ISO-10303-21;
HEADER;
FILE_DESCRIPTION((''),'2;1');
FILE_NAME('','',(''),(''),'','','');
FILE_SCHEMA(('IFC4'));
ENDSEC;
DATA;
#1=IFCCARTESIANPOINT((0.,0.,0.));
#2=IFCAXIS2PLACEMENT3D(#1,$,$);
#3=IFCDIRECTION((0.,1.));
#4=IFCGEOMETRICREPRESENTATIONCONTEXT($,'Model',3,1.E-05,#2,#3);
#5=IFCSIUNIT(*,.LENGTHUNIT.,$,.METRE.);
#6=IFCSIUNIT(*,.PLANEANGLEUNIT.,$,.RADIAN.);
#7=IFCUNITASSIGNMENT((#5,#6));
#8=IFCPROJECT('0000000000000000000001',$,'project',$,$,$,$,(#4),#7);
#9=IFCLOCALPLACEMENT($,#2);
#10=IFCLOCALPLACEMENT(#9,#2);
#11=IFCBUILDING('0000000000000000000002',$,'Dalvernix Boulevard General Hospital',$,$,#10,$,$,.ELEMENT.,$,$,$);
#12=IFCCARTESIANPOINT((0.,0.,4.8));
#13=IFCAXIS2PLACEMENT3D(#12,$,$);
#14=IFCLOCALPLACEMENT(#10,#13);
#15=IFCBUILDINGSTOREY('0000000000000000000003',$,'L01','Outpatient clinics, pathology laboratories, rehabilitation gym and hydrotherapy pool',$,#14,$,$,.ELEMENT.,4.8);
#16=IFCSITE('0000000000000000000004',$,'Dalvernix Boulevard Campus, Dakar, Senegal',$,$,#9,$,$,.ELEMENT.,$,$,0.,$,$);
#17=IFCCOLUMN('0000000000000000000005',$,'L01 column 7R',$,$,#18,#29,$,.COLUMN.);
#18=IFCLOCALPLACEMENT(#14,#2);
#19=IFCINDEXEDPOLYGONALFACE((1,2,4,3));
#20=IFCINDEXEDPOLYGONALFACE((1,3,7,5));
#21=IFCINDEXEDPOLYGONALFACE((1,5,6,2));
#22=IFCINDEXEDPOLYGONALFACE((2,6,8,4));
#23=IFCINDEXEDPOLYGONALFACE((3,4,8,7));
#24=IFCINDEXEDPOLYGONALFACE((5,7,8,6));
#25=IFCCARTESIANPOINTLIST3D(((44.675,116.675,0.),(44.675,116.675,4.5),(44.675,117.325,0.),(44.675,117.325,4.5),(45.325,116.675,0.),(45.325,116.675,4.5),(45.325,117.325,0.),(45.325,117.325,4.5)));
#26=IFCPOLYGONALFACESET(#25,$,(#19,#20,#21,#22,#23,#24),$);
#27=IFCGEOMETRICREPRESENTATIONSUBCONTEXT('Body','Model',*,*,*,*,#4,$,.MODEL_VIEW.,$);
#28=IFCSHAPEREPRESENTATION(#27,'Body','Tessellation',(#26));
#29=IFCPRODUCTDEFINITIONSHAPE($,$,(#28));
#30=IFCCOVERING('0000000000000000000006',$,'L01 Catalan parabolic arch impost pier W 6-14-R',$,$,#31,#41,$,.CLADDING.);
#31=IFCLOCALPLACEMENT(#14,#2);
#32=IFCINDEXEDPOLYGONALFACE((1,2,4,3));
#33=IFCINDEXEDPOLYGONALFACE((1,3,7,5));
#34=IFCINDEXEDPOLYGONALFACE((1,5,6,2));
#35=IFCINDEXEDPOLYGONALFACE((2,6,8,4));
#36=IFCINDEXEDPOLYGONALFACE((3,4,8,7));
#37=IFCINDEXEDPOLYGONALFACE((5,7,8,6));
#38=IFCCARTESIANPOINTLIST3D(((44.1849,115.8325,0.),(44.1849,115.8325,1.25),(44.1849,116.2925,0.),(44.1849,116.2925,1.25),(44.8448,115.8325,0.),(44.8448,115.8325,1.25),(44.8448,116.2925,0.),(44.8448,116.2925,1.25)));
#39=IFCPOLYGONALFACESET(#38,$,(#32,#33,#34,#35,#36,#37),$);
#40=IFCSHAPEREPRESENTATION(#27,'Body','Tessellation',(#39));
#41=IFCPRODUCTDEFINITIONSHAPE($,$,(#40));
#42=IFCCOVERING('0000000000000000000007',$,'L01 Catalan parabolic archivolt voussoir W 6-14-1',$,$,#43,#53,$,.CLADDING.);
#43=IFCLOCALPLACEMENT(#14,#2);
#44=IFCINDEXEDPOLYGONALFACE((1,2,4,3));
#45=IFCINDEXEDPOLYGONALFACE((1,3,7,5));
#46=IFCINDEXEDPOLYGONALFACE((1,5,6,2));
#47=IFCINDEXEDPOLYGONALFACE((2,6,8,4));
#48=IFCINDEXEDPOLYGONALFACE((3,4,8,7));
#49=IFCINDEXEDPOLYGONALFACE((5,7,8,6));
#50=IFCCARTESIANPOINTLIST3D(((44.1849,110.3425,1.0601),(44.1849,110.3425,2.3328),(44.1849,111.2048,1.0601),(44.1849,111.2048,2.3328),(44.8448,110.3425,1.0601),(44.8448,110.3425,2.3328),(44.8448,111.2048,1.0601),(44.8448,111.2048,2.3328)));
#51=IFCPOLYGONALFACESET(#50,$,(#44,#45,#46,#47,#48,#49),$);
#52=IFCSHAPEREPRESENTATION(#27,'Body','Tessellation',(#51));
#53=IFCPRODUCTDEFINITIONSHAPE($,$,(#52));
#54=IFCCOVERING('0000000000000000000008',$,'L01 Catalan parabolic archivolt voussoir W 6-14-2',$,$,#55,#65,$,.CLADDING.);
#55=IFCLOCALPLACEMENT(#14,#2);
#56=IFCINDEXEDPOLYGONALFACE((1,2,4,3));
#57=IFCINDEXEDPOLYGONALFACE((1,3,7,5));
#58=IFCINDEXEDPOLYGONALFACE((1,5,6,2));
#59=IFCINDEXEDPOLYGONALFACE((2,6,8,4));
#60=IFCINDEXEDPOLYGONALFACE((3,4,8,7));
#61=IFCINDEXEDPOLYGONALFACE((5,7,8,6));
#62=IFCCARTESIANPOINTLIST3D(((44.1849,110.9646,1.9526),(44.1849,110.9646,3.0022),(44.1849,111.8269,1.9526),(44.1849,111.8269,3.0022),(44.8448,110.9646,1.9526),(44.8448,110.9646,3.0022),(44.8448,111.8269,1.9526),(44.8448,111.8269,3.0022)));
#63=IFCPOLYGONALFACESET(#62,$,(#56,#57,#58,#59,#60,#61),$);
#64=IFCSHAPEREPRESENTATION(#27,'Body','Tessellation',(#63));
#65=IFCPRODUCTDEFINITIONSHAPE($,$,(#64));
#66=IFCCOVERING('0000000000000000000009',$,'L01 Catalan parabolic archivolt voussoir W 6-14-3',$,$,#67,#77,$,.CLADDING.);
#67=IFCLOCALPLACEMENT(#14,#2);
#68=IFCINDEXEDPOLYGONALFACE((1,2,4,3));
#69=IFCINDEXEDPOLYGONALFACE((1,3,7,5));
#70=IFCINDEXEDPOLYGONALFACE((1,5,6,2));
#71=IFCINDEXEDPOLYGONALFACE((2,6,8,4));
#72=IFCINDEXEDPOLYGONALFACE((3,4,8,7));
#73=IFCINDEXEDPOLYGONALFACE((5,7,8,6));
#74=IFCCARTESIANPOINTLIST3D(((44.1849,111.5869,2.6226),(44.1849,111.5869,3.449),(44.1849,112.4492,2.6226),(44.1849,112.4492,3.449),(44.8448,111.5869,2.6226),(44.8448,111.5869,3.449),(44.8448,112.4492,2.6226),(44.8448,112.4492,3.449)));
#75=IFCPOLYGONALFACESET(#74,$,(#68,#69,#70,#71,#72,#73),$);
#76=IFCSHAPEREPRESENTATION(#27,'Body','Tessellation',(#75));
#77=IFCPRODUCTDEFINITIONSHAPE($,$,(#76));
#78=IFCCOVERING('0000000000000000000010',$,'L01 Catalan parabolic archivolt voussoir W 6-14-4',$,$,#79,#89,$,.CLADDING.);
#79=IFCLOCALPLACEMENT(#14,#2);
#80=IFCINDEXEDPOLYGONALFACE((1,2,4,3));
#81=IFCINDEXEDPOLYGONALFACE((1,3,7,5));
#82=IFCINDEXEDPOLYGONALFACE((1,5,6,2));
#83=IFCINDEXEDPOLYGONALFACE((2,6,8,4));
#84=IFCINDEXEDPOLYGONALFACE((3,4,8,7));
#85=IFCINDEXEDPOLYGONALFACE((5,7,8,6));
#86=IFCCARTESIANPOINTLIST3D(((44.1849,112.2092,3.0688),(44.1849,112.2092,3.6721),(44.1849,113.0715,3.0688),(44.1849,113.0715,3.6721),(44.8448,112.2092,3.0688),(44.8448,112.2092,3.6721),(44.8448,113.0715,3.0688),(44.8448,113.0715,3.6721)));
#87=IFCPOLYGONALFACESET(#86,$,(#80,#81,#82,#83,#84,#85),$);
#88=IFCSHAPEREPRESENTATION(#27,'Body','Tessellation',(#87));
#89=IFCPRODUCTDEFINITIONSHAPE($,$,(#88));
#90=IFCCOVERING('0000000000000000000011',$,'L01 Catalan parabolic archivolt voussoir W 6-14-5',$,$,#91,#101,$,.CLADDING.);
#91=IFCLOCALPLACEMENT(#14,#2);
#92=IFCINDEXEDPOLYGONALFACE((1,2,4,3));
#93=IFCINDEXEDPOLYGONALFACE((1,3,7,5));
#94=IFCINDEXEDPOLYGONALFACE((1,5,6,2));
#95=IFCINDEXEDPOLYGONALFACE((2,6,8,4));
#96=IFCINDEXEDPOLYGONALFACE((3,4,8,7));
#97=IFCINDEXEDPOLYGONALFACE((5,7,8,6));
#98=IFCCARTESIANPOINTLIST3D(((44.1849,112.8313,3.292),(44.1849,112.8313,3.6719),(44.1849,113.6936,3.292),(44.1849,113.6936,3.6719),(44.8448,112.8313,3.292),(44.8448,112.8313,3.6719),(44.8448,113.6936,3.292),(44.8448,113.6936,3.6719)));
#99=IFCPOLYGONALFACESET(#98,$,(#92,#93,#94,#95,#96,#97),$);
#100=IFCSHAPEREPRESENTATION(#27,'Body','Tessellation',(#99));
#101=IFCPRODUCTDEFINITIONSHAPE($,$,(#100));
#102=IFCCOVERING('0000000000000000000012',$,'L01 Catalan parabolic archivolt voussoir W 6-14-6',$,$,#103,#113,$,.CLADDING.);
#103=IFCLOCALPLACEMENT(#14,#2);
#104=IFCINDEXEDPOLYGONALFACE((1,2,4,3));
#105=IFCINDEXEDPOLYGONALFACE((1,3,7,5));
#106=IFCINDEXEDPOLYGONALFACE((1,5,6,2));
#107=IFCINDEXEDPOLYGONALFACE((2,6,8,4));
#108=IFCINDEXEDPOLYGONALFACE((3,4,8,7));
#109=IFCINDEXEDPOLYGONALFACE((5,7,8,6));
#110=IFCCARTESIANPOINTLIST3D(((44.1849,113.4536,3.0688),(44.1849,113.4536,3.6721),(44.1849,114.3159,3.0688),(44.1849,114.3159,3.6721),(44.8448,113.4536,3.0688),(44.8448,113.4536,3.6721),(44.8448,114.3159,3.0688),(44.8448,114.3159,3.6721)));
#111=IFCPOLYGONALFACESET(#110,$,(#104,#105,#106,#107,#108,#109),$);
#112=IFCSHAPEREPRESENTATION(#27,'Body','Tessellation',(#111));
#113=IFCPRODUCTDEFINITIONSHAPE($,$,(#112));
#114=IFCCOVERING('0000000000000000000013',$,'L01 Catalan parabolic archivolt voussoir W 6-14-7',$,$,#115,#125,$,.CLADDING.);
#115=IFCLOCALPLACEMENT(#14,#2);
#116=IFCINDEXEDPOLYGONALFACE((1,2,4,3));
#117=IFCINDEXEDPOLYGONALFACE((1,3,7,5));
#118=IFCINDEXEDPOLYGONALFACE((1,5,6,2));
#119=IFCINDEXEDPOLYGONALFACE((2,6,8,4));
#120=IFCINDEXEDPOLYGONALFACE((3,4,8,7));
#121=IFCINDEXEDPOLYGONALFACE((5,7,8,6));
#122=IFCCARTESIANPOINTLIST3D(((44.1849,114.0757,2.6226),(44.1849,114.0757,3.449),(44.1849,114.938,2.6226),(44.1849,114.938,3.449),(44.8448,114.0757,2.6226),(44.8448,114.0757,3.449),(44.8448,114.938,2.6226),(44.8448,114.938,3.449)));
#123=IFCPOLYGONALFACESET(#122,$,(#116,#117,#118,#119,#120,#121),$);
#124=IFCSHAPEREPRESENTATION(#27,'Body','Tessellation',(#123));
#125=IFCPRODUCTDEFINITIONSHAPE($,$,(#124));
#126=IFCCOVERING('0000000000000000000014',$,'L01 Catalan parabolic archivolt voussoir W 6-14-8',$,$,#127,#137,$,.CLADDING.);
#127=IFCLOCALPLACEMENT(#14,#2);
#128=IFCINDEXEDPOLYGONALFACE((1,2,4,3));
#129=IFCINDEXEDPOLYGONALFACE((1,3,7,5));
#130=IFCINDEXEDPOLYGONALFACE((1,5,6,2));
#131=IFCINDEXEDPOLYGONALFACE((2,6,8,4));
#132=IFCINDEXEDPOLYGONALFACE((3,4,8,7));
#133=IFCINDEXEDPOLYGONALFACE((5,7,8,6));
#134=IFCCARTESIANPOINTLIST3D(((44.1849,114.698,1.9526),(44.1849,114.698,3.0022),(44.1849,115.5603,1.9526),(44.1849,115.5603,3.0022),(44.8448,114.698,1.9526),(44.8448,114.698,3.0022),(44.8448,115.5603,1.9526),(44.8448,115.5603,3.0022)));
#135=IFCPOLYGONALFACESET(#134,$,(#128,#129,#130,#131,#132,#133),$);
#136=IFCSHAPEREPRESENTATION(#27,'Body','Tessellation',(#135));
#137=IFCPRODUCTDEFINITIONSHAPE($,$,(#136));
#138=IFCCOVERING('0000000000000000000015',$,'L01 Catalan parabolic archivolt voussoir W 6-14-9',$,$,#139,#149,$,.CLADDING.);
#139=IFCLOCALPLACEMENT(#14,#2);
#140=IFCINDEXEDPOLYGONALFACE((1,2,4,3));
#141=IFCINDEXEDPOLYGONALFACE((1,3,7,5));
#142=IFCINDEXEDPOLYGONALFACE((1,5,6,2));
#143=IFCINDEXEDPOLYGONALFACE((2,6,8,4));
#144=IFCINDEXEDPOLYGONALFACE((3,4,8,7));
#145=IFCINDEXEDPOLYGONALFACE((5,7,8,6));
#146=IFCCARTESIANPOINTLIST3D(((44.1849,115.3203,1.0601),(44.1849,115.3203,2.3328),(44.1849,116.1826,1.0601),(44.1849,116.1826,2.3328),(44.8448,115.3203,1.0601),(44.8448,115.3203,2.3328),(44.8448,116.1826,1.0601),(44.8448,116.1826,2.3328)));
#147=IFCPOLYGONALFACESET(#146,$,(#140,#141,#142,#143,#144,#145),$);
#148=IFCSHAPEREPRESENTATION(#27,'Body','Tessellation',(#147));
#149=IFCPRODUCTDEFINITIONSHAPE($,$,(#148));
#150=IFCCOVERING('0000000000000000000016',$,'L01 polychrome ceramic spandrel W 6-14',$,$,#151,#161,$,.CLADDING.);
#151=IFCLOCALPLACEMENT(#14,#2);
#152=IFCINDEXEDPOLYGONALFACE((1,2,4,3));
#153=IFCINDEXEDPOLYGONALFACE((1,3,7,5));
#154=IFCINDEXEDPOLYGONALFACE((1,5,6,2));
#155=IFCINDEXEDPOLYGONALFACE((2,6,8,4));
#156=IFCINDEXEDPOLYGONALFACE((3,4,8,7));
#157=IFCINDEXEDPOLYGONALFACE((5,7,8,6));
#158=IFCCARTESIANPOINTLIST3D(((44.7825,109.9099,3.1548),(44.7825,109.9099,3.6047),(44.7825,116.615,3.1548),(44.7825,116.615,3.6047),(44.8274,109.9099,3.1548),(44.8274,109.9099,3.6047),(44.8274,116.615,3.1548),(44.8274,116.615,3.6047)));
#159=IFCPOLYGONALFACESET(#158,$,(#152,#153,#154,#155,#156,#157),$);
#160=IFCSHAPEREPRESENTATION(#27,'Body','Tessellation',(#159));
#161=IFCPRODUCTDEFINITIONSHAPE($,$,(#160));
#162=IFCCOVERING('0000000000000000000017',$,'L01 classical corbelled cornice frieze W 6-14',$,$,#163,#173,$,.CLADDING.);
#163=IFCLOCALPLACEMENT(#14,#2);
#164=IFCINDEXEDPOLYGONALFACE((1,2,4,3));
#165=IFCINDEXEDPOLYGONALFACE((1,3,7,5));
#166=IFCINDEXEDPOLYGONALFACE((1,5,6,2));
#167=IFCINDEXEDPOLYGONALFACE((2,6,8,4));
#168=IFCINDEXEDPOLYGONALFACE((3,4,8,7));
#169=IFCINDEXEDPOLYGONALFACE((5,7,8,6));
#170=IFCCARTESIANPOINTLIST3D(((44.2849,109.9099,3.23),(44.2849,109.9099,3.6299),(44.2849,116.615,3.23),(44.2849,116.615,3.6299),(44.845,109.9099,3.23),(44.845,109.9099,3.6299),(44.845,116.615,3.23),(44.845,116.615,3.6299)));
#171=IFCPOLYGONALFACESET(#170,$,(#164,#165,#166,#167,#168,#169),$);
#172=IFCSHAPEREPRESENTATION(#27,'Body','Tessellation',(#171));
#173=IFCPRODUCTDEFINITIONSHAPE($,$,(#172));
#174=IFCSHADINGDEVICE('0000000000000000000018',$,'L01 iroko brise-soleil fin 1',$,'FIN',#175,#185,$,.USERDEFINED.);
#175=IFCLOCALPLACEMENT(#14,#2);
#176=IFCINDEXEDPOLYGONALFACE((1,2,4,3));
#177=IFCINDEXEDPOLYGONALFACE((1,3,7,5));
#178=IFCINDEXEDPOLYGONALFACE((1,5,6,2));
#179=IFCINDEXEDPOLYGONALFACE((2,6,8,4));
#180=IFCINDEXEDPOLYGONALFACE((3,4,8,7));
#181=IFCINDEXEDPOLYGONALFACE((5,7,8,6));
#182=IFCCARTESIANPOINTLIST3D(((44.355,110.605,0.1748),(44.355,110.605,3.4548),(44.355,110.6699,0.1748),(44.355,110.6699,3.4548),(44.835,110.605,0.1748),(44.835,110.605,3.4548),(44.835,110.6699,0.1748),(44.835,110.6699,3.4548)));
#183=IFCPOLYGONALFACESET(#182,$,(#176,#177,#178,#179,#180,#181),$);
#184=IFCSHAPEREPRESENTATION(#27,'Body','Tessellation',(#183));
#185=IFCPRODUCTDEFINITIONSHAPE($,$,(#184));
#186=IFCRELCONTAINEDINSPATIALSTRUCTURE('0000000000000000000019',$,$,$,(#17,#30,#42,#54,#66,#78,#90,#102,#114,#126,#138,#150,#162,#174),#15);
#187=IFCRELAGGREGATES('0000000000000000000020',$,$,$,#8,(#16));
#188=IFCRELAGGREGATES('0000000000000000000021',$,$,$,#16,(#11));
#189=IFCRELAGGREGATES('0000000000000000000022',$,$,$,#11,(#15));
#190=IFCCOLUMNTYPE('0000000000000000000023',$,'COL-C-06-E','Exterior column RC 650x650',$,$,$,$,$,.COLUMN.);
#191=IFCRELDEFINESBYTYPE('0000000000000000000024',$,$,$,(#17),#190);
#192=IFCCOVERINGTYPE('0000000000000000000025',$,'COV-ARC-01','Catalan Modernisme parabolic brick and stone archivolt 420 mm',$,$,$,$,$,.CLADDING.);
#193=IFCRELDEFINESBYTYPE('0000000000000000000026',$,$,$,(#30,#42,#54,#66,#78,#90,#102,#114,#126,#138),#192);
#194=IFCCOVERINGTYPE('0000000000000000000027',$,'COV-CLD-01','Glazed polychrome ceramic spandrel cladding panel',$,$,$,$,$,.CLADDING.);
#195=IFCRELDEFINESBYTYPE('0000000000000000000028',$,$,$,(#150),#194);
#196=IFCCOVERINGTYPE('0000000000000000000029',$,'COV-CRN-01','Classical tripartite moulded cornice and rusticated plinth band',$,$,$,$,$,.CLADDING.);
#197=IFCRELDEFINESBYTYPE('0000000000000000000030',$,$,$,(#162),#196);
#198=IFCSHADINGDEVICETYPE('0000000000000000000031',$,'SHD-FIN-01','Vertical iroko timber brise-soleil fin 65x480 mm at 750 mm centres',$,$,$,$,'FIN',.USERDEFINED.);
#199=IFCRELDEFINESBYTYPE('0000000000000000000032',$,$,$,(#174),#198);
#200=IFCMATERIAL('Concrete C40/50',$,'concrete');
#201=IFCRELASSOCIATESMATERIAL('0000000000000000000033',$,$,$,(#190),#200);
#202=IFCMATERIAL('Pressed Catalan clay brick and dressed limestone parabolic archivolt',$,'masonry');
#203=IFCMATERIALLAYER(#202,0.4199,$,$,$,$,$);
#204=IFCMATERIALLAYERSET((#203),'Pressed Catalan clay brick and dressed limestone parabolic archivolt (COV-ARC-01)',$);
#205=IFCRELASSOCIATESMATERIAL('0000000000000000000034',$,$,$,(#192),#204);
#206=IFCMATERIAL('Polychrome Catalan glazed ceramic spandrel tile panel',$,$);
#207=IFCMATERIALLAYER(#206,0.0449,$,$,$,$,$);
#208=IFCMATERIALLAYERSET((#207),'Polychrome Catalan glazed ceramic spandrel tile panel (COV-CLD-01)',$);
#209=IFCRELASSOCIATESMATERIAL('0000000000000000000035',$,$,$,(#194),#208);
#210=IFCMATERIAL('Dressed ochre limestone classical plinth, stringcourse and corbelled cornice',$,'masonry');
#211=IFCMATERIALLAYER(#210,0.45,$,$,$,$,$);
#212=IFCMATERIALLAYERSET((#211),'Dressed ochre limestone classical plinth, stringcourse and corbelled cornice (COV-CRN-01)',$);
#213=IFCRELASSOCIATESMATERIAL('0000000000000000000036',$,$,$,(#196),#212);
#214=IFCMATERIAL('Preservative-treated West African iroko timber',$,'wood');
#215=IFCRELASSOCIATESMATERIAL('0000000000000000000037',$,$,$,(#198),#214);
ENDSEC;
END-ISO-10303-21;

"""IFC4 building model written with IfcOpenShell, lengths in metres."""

from ifc_helpers import new_model, si_unit, direction, frame, origin, origin_2d, place, context, subcontext, project, spatial, rectangle, extrude, material, layer, layer_set, material_profile, profile_set, type_object, element, save


model = new_model("IFC4")

# Units and contexts
model_context = context("Model", 3, precision=1e-05, world=origin(), true_north=direction((0.0, 1.0)))
body_context = subcontext(model_context, "Body", "Model", "MODEL_VIEW")
ifc_project = project(units=[si_unit("LENGTHUNIT", "METRE"), si_unit("PLANEANGLEUNIT", "RADIAN")], contexts=[model_context])

# Site, building, storey
site_placement = place(None, origin())
site = spatial("IfcSite", under=ifc_project, at=site_placement, Name="Dalvernix Boulevard Campus, Dakar, Senegal", CompositionType="ELEMENT", RefElevation=0.0)
building_placement = place(site_placement, origin())
building = spatial("IfcBuilding", under=site, at=building_placement, Name="Dalvernix Boulevard General Hospital", CompositionType="ELEMENT")
storey_placement = place(building_placement, frame((0.0, 0.0, 4.8)))
storey = spatial("IfcBuildingStorey", under=building, at=storey_placement, Name="L01", Description="Outpatient clinics, pathology laboratories, rehabilitation gym and hydrotherapy pool", CompositionType="ELEMENT", Elevation=4.8)

# Column
ifc_material_1 = material(Name="Concrete C40/50", Category="concrete")
ifc_material_profile = material_profile(ifc_material_1, rectangle(XDim=0.6499, YDim=0.6499, at=origin_2d()), Name="RC 650x650")
ifc_profile_set = profile_set([ifc_material_profile], Name="Concrete C40/50")
column_type = type_object("IfcColumnType", Name="COL-C-06-E", Description="Exterior column RC 650x650", PredefinedType="COLUMN", material=ifc_profile_set)
column_placement = place(storey_placement, frame((45.0, 117.0, 0.0), z_axis=(0.0, 0.0, 1.0), x_axis=(1.0, 0.0, 0.0)))
element("IfcColumn", 1, at=column_placement, inside=storey, type_object=column_type, Name="L01 column 7R", PredefinedType="COLUMN", context=body_context, shape_type="SweptSolid", body=[
    extrude(rectangle(XDim=0.6499, YDim=0.6499, at=origin_2d()), origin(), (0.0, 0.0, 1.0), 4.5),
])

# Coverings
ifc_material_2 = material(Name="Pressed Catalan clay brick and dressed limestone parabolic archivolt", Category="masonry")
ifc_layer_1 = layer(ifc_material_2, 0.4199)
ifc_layer_set_1 = layer_set([ifc_layer_1], Name="Pressed Catalan clay brick and dressed limestone parabolic archivolt (COV-ARC-01)")
covering_type_1 = type_object("IfcCoveringType", Name="COV-ARC-01", Description="Catalan Modernisme parabolic brick and stone archivolt 420 mm", PredefinedType="CLADDING", material=ifc_layer_set_1)
covering_1_placement = place(storey_placement, frame((44.5149, 116.0625, 0.0), z_axis=(0.0, 0.0, 1.0), x_axis=(0.0, 1.0, 0.0)))
element("IfcCovering", 2, at=covering_1_placement, inside=storey, type_object=covering_type_1, Name="L01 Catalan parabolic arch impost pier W 6-14-R", PredefinedType="CLADDING", context=body_context, shape_type="SweptSolid", body=[
    extrude(rectangle(XDim=0.46, YDim=0.6599, at=origin_2d()), origin(), (0.0, 0.0, 1.0), 1.25),
])
covering_2_placement = place(storey_placement, frame((44.5149, 110.7737, 1.0601), z_axis=(0.0, 0.0, 1.0), x_axis=(0.0, 1.0, 0.0)))
element("IfcCovering", 3, at=covering_2_placement, inside=storey, type_object=covering_type_1, Name="L01 Catalan parabolic archivolt voussoir W 6-14-1", PredefinedType="CLADDING", context=body_context, shape_type="SweptSolid", body=[
    extrude(rectangle(XDim=0.8623, YDim=0.6599, at=origin_2d()), origin(), (0.0, 0.0, 1.0), 1.2727),
])
covering_3_placement = place(storey_placement, frame((44.5149, 111.3958, 1.9526), z_axis=(0.0, 0.0, 1.0), x_axis=(0.0, 1.0, 0.0)))
element("IfcCovering", 4, at=covering_3_placement, inside=storey, type_object=covering_type_1, Name="L01 Catalan parabolic archivolt voussoir W 6-14-2", PredefinedType="CLADDING", context=body_context, shape_type="SweptSolid", body=[
    extrude(rectangle(XDim=0.8623, YDim=0.6599, at=origin_2d()), origin(), (0.0, 0.0, 1.0), 1.0496),
])
covering_4_placement = place(storey_placement, frame((44.5149, 112.0181, 2.6226), z_axis=(0.0, 0.0, 1.0), x_axis=(0.0, 1.0, 0.0)))
element("IfcCovering", 5, at=covering_4_placement, inside=storey, type_object=covering_type_1, Name="L01 Catalan parabolic archivolt voussoir W 6-14-3", PredefinedType="CLADDING", context=body_context, shape_type="SweptSolid", body=[
    extrude(rectangle(XDim=0.8623, YDim=0.6599, at=origin_2d()), origin(), (0.0, 0.0, 1.0), 0.8264),
])
covering_5_placement = place(storey_placement, frame((44.5149, 112.6404, 3.0688), z_axis=(0.0, 0.0, 1.0), x_axis=(0.0, 1.0, 0.0)))
element("IfcCovering", 6, at=covering_5_placement, inside=storey, type_object=covering_type_1, Name="L01 Catalan parabolic archivolt voussoir W 6-14-4", PredefinedType="CLADDING", context=body_context, shape_type="SweptSolid", body=[
    extrude(rectangle(XDim=0.8623, YDim=0.6599, at=origin_2d()), origin(), (0.0, 0.0, 1.0), 0.6033),
])
covering_6_placement = place(storey_placement, frame((44.5149, 113.2625, 3.292), z_axis=(0.0, 0.0, 1.0), x_axis=(0.0, 1.0, 0.0)))
element("IfcCovering", 7, at=covering_6_placement, inside=storey, type_object=covering_type_1, Name="L01 Catalan parabolic archivolt voussoir W 6-14-5", PredefinedType="CLADDING", context=body_context, shape_type="SweptSolid", body=[
    extrude(rectangle(XDim=0.8623, YDim=0.6599, at=origin_2d()), origin(), (0.0, 0.0, 1.0), 0.3799),
])
covering_7_placement = place(storey_placement, frame((44.5149, 113.8848, 3.0688), z_axis=(0.0, 0.0, 1.0), x_axis=(0.0, 1.0, 0.0)))
element("IfcCovering", 8, at=covering_7_placement, inside=storey, type_object=covering_type_1, Name="L01 Catalan parabolic archivolt voussoir W 6-14-6", PredefinedType="CLADDING", context=body_context, shape_type="SweptSolid", body=[
    extrude(rectangle(XDim=0.8623, YDim=0.6599, at=origin_2d()), origin(), (0.0, 0.0, 1.0), 0.6033),
])
covering_8_placement = place(storey_placement, frame((44.5149, 114.5068, 2.6226), z_axis=(0.0, 0.0, 1.0), x_axis=(0.0, 1.0, 0.0)))
element("IfcCovering", 9, at=covering_8_placement, inside=storey, type_object=covering_type_1, Name="L01 Catalan parabolic archivolt voussoir W 6-14-7", PredefinedType="CLADDING", context=body_context, shape_type="SweptSolid", body=[
    extrude(rectangle(XDim=0.8623, YDim=0.6599, at=origin_2d()), origin(), (0.0, 0.0, 1.0), 0.8264),
])
covering_9_placement = place(storey_placement, frame((44.5149, 115.1292, 1.9526), z_axis=(0.0, 0.0, 1.0), x_axis=(0.0, 1.0, 0.0)))
element("IfcCovering", 10, at=covering_9_placement, inside=storey, type_object=covering_type_1, Name="L01 Catalan parabolic archivolt voussoir W 6-14-8", PredefinedType="CLADDING", context=body_context, shape_type="SweptSolid", body=[
    extrude(rectangle(XDim=0.8623, YDim=0.6599, at=origin_2d()), origin(), (0.0, 0.0, 1.0), 1.0496),
])
covering_10_placement = place(storey_placement, frame((44.5149, 115.7515, 1.0601), z_axis=(0.0, 0.0, 1.0), x_axis=(0.0, 1.0, 0.0)))
element("IfcCovering", 11, at=covering_10_placement, inside=storey, type_object=covering_type_1, Name="L01 Catalan parabolic archivolt voussoir W 6-14-9", PredefinedType="CLADDING", context=body_context, shape_type="SweptSolid", body=[
    extrude(rectangle(XDim=0.8623, YDim=0.6599, at=origin_2d()), origin(), (0.0, 0.0, 1.0), 1.2727),
])
ifc_material_3 = material(Name="Polychrome Catalan glazed ceramic spandrel tile panel")
ifc_layer_2 = layer(ifc_material_3, 0.0449)
ifc_layer_set_2 = layer_set([ifc_layer_2], Name="Polychrome Catalan glazed ceramic spandrel tile panel (COV-CLD-01)")
covering_type_2 = type_object("IfcCoveringType", Name="COV-CLD-01", Description="Glazed polychrome ceramic spandrel cladding panel", PredefinedType="CLADDING", material=ifc_layer_set_2)
covering_11_placement = place(storey_placement, frame((44.8049, 113.2625, 3.1548), z_axis=(0.0, 0.0, 1.0), x_axis=(0.0, 1.0, 0.0)))
element("IfcCovering", 12, at=covering_11_placement, inside=storey, type_object=covering_type_2, Name="L01 polychrome ceramic spandrel W 6-14", PredefinedType="CLADDING", context=body_context, shape_type="SweptSolid", body=[
    extrude(rectangle(XDim=6.7051, YDim=0.0449, at=origin_2d()), origin(), (0.0, 0.0, 1.0), 0.45),
])
ifc_material_4 = material(Name="Dressed ochre limestone classical plinth, stringcourse and corbelled cornice", Category="masonry")
ifc_layer_3 = layer(ifc_material_4, 0.45)
ifc_layer_set_3 = layer_set([ifc_layer_3], Name="Dressed ochre limestone classical plinth, stringcourse and corbelled cornice (COV-CRN-01)")
covering_type_3 = type_object("IfcCoveringType", Name="COV-CRN-01", Description="Classical tripartite moulded cornice and rusticated plinth band", PredefinedType="CLADDING", material=ifc_layer_set_3)
covering_12_placement = place(storey_placement, frame((44.5649, 113.2625, 3.23), z_axis=(0.0, 0.0, 1.0), x_axis=(0.0, 1.0, 0.0)))
element("IfcCovering", 13, at=covering_12_placement, inside=storey, type_object=covering_type_3, Name="L01 classical corbelled cornice frieze W 6-14", PredefinedType="CLADDING", context=body_context, shape_type="SweptSolid", body=[
    extrude(rectangle(XDim=6.7051, YDim=0.5601, at=origin_2d()), origin(), (0.0, 0.0, 1.0), 0.3999),
])

# Shading device
ifc_material_5 = material(Name="Preservative-treated West African iroko timber", Category="wood")
shading_device_type = type_object("IfcShadingDeviceType", Name="SHD-FIN-01", Description="Vertical iroko timber brise-soleil fin 65x480 mm at 750 mm centres", ElementType="FIN", PredefinedType="USERDEFINED", material=ifc_material_5)
for number, where, z_axis, x_axis, name in (
    (14, (44.595, 110.6375, 0.1748), (0.0, 0.0, 1.0), (0.0, 1.0, 0.0), "L01 iroko brise-soleil fin 1"),
):
    element("IfcShadingDevice", number, at=place(storey_placement, frame(where, z_axis=z_axis, x_axis=x_axis)), inside=storey, type_object=shading_device_type, Name=name, ObjectType="FIN", PredefinedType="USERDEFINED", context=body_context, shape_type="SweptSolid", body=[
        extrude(rectangle(XDim=0.0649, YDim=0.48, at=origin_2d()), origin(), (0.0, 0.0, 1.0), 3.28),
    ])

save(model, "model.ifc")
